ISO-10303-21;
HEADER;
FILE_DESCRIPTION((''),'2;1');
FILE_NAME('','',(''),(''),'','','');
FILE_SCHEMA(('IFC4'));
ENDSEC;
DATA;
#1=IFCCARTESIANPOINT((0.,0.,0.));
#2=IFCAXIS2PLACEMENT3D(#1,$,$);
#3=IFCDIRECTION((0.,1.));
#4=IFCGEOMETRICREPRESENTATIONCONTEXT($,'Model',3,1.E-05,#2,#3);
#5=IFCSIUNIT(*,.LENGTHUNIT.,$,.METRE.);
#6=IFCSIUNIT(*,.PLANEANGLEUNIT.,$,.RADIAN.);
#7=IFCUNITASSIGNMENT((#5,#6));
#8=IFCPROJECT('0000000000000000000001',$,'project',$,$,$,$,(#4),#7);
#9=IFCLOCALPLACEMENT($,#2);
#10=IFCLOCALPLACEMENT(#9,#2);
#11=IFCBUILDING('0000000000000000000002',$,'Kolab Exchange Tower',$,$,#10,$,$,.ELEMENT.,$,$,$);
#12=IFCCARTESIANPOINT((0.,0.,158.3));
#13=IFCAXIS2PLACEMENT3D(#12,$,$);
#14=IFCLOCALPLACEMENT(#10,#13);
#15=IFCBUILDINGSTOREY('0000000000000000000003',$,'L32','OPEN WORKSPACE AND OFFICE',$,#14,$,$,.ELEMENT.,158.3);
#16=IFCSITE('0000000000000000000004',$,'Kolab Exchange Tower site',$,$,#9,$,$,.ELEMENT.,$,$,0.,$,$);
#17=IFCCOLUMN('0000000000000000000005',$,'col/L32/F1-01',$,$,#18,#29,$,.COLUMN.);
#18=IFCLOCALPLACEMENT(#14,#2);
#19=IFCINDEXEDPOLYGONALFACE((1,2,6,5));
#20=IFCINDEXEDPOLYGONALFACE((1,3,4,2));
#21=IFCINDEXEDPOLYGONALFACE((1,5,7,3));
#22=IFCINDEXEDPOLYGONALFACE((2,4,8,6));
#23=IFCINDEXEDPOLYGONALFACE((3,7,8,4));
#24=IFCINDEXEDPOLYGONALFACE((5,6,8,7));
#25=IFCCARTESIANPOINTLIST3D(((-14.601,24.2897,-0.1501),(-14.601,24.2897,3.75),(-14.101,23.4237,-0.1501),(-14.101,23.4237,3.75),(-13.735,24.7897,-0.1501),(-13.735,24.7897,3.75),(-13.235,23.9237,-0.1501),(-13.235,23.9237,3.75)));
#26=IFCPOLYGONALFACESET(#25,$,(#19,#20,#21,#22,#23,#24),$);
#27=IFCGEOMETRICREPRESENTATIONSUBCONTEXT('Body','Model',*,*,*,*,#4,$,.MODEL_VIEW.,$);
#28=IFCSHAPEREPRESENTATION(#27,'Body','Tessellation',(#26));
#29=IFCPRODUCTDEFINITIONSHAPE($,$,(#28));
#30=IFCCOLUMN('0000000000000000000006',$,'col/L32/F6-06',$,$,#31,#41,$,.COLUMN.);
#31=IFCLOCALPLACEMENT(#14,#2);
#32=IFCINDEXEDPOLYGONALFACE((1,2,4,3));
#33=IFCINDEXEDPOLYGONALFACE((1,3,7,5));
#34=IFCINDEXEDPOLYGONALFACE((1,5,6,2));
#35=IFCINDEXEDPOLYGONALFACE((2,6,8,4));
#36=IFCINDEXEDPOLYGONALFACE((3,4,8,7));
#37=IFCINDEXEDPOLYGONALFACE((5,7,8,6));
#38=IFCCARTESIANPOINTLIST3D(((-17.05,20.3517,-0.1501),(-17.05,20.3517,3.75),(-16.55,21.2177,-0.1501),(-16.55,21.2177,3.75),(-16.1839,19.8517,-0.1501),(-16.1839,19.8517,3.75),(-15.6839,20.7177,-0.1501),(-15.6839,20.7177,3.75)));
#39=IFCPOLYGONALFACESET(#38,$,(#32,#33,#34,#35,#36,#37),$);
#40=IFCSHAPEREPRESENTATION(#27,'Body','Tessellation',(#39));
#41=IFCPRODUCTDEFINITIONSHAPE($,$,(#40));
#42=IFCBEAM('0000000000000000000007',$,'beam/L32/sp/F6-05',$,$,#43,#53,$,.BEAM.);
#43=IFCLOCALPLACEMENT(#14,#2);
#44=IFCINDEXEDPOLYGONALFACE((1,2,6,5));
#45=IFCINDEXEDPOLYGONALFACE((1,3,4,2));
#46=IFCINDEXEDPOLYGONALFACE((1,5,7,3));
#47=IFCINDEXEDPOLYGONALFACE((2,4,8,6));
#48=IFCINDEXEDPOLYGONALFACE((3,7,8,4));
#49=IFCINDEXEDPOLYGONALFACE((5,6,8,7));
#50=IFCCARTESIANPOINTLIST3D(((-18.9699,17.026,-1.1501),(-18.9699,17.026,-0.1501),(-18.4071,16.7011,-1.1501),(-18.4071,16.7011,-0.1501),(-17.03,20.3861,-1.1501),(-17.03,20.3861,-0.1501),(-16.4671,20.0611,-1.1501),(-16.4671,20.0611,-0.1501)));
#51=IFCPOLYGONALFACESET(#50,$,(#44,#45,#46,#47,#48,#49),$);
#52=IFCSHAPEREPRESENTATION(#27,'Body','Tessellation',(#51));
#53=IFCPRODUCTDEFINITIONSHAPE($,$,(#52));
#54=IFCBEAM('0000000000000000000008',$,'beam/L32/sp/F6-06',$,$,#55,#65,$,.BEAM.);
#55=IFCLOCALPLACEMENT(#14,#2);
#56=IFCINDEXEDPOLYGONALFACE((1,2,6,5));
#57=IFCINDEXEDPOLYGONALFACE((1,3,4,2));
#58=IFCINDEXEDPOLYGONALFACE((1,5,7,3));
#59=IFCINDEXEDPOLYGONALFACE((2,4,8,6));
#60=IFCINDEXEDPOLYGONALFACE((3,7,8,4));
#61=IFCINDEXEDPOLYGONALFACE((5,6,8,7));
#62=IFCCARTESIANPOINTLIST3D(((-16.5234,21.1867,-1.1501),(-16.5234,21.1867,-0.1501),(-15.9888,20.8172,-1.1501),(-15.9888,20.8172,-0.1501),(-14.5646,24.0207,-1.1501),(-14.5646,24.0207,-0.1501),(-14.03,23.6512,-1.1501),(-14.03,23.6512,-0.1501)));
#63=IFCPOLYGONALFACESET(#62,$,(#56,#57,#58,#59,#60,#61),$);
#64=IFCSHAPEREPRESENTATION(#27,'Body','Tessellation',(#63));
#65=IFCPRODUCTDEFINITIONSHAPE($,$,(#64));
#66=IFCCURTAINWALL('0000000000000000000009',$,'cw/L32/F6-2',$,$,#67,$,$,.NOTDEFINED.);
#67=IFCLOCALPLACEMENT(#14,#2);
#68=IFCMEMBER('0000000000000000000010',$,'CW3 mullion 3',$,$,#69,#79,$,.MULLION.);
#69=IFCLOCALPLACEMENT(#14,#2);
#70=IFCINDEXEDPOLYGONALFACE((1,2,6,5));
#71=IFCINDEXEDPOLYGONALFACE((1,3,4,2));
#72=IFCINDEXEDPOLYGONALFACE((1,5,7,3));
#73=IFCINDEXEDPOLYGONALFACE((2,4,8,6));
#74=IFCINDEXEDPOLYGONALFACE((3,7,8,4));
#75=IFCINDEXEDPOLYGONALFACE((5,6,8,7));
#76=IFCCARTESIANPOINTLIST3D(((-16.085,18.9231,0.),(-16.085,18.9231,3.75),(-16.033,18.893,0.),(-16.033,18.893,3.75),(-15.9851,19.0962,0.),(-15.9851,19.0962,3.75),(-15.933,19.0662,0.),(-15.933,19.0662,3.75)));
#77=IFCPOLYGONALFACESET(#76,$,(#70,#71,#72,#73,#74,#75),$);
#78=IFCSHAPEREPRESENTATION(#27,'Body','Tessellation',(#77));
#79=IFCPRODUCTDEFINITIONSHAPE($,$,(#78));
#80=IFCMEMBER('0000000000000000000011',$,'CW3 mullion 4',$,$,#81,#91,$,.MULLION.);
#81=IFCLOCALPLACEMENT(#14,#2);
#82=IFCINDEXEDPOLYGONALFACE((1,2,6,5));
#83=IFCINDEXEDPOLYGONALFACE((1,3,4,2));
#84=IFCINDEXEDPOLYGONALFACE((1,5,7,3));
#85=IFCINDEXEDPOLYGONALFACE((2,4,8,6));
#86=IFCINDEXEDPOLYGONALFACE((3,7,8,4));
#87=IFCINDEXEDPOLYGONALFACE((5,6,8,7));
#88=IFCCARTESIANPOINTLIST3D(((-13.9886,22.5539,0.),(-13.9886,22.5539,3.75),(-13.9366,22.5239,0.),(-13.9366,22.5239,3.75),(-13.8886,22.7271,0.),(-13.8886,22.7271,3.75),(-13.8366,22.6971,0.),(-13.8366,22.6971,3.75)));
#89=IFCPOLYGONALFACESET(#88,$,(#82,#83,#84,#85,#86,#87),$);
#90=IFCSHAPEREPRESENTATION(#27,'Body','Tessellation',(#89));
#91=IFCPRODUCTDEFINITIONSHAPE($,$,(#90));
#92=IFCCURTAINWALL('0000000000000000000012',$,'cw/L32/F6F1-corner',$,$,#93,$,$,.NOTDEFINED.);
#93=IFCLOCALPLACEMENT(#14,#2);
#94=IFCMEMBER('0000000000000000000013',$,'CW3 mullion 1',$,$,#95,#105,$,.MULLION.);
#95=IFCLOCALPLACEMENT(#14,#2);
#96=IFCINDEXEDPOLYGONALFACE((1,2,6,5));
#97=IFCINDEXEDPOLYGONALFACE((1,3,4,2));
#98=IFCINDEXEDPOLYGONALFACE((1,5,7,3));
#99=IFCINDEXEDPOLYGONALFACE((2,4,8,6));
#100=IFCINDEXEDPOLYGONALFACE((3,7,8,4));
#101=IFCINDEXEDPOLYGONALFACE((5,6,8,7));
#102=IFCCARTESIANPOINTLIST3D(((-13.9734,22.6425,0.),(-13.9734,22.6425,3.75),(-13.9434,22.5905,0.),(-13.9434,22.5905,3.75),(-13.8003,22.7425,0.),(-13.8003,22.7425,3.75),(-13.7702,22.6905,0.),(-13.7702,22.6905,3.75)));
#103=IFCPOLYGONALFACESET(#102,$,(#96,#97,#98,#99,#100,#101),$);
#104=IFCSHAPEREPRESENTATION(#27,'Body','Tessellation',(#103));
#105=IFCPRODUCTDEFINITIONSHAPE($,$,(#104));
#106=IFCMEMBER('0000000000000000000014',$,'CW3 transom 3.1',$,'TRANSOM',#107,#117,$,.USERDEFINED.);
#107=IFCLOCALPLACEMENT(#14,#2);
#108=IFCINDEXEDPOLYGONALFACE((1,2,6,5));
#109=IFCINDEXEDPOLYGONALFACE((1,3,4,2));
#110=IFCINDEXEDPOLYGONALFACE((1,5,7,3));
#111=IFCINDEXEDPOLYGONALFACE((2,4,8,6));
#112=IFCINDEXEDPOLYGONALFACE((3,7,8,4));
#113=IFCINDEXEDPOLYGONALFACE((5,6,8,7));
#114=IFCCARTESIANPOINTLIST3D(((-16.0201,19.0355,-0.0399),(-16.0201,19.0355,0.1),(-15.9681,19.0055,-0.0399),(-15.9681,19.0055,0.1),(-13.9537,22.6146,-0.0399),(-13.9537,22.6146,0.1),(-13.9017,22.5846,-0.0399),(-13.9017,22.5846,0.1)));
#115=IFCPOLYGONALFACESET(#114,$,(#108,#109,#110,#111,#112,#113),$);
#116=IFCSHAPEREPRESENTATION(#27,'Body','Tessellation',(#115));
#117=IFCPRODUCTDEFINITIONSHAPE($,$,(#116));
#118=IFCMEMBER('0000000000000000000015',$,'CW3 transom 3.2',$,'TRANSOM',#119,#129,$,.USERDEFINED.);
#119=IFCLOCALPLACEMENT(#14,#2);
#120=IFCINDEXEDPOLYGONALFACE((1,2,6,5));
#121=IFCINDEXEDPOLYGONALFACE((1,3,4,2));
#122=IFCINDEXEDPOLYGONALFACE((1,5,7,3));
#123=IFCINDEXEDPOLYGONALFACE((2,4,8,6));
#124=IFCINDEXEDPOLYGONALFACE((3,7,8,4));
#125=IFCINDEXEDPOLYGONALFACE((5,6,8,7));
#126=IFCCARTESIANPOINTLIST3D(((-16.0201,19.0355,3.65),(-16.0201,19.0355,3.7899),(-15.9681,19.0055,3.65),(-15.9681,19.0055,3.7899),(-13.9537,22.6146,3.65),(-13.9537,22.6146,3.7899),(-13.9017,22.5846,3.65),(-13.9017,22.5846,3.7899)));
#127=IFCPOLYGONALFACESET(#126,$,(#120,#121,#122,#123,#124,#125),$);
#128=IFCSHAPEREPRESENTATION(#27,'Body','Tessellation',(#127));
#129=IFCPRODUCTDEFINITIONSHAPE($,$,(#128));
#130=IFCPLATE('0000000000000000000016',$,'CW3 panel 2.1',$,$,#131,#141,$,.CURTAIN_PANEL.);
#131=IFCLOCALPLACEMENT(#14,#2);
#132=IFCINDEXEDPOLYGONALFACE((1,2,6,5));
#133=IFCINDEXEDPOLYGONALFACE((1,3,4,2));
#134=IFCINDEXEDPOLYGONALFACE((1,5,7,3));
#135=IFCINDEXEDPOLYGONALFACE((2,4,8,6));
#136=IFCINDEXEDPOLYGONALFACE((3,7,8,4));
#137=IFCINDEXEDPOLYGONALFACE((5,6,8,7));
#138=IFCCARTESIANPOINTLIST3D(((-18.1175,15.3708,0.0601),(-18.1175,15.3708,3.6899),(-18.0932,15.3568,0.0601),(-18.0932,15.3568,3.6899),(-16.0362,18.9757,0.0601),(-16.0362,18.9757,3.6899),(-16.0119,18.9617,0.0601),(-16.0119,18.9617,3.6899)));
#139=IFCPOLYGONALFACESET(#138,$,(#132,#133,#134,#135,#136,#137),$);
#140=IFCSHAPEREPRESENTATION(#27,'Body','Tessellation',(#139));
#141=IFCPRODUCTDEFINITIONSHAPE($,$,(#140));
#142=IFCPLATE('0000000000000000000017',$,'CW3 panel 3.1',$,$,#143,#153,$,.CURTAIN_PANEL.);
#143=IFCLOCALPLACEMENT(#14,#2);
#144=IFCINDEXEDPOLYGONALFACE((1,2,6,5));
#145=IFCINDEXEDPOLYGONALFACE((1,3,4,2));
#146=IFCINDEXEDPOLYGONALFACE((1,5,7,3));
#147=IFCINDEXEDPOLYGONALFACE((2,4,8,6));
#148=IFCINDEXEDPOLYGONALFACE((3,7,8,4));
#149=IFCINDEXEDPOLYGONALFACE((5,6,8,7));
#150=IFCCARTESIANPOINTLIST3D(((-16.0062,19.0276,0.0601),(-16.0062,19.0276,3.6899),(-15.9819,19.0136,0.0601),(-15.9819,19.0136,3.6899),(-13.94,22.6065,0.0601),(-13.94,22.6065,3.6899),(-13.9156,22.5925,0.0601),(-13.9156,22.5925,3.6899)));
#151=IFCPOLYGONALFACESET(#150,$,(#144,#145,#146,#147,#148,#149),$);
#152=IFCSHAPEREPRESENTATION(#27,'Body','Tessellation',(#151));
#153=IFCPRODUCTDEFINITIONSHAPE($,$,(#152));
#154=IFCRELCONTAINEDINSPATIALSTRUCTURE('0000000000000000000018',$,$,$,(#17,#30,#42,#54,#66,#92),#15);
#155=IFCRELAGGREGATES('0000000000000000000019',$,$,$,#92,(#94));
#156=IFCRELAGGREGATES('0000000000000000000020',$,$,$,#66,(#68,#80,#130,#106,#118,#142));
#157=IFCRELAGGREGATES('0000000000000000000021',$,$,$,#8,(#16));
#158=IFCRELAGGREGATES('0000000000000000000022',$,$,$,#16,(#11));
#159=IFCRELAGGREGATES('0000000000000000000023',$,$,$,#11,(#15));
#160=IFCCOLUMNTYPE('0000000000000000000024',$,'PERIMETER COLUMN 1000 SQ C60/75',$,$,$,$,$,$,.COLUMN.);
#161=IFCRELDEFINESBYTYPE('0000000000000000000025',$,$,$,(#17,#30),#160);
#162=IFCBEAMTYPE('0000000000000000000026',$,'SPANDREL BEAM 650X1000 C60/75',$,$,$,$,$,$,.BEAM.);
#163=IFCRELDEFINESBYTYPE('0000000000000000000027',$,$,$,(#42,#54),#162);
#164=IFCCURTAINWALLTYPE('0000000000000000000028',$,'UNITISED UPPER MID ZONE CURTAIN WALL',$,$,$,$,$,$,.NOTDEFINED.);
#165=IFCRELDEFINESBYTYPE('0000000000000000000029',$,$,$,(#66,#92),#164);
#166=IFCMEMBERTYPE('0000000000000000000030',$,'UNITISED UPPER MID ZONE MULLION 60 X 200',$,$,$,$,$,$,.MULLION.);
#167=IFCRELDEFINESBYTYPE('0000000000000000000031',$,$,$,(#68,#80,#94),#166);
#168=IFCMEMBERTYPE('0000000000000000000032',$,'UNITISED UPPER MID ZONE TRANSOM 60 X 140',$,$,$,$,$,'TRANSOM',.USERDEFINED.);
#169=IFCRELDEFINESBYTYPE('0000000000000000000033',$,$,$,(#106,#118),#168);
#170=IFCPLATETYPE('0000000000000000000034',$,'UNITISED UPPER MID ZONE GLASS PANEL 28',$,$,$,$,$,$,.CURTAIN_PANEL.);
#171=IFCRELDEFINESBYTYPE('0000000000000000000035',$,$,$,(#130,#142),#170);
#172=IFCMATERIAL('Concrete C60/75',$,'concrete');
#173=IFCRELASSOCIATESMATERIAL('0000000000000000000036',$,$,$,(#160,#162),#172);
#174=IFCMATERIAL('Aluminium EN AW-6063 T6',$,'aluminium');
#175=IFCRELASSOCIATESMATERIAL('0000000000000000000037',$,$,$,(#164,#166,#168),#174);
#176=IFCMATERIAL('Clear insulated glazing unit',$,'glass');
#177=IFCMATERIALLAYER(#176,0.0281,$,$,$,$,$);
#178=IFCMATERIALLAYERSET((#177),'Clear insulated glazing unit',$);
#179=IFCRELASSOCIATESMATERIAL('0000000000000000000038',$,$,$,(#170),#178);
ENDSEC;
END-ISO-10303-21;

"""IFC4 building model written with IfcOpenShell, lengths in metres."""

from ifc_helpers import new_model, si_unit, direction, frame, origin, origin_2d, place, context, subcontext, project, spatial, rectangle, extrude, material, layer, layer_set, material_profile, profile_set, type_object, element, aggregate, save


model = new_model("IFC4")

# Units and contexts
model_context = context("Model", 3, precision=1e-05, world=origin(), true_north=direction((0.0, 1.0)))
body_context = subcontext(model_context, "Body", "Model", "MODEL_VIEW")
ifc_project = project(units=[si_unit("LENGTHUNIT", "METRE"), si_unit("PLANEANGLEUNIT", "RADIAN")], contexts=[model_context])

# Site, building, storey
site_placement = place(None, origin())
site = spatial("IfcSite", under=ifc_project, at=site_placement, Name="Kolab Exchange Tower site", CompositionType="ELEMENT", RefElevation=0.0)
building_placement = place(site_placement, origin())
building = spatial("IfcBuilding", under=site, at=building_placement, Name="Kolab Exchange Tower", CompositionType="ELEMENT")
storey_placement = place(building_placement, frame((0.0, 0.0, 158.3)))
storey = spatial("IfcBuildingStorey", under=building, at=storey_placement, Name="L32", Description="OPEN WORKSPACE AND OFFICE", CompositionType="ELEMENT", Elevation=158.3)

# Columns
ifc_material_1 = material(Name="Concrete C60/75", Category="concrete")
ifc_material_profile_1 = material_profile(ifc_material_1, rectangle(XDim=1.0, YDim=1.0, at=origin_2d()), Name="RC1000")
ifc_profile_set_1 = profile_set([ifc_material_profile_1], Name="Concrete C60/75")
column_type = type_object("IfcColumnType", Name="PERIMETER COLUMN 1000 SQ C60/75", PredefinedType="COLUMN", material=ifc_profile_set_1)
for number, where, z_axis, x_axis, name in (
    (1, (-13.918, 24.1067, -0.1501), (0.0, 0.0, 1.0), (0.866025, 0.5, 0.0), "col/L32/F1-01"),
    (2, (-16.3669, 20.5347, -0.1501), (0.0, 0.0, 1.0), (0.5, 0.866025, 0.0), "col/L32/F6-06"),
):
    element("IfcColumn", number, at=place(storey_placement, frame(where, z_axis=z_axis, x_axis=x_axis)), inside=storey, type_object=column_type, Name=name, PredefinedType="COLUMN", context=body_context, shape_type="SweptSolid", body=[
        extrude(rectangle(XDim=1.0, YDim=1.0, at=origin_2d()), origin(), (0.0, 0.0, 1.0), 3.9001),
    ])

# Beams
ifc_material_profile_2 = material_profile(ifc_material_1, rectangle(XDim=0.6499, YDim=1.0, at=origin_2d()), Name="RC650X1000")
ifc_profile_set_2 = profile_set([ifc_material_profile_2], Name="Concrete C60/75")
beam_type = type_object("IfcBeamType", Name="SPANDREL BEAM 650X1000 C60/75", PredefinedType="BEAM", material=ifc_profile_set_2)
beam_1_placement = place(storey_placement, frame((-18.6885, 16.8635, -0.6501), z_axis=(0.499997, 0.866027, 0.0), x_axis=(-0.866027, 0.499997, 0.0)))
element("IfcBeam", 3, at=beam_1_placement, inside=storey, type_object=beam_type, Name="beam/L32/sp/F6-05", PredefinedType="BEAM", context=body_context, shape_type="SweptSolid", body=[
    extrude(rectangle(XDim=0.6499, YDim=1.0, at=origin_2d()), origin(), (0.0, 0.0, 1.0), 3.8799),
])
beam_2_placement = place(storey_placement, frame((-16.2561, 21.002, -0.6501), z_axis=(0.568572, 0.822633, 0.0), x_axis=(-0.822633, 0.568572, 0.0)))
element("IfcBeam", 4, at=beam_2_placement, inside=storey, type_object=beam_type, Name="beam/L32/sp/F6-06", PredefinedType="BEAM", context=body_context, shape_type="SweptSolid", body=[
    extrude(rectangle(XDim=0.6499, YDim=1.0, at=origin_2d()), origin(), (0.0, 0.0, 1.0), 3.4451),
])

# Curtain wall, members
ifc_material_2 = material(Name="Aluminium EN AW-6063 T6", Category="aluminium")
curtain_wall_type = type_object("IfcCurtainWallType", Name="UNITISED UPPER MID ZONE CURTAIN WALL", PredefinedType="NOTDEFINED", material=ifc_material_2)
curtain_wall_1_placement = place(storey_placement, origin())
curtain_wall_1 = element("IfcCurtainWall", 5, at=curtain_wall_1_placement, inside=storey, type_object=curtain_wall_type, Name="cw/L32/F6-2", PredefinedType="NOTDEFINED")
ifc_material_profile_3 = material_profile(ifc_material_2, rectangle(XDim=0.0601, YDim=0.2, at=origin_2d()), Name="RECT 60X200")
ifc_profile_set_3 = profile_set([ifc_material_profile_3], Name="Aluminium EN AW-6063 T6")
member_type_1 = type_object("IfcMemberType", Name="UNITISED UPPER MID ZONE MULLION 60 X 200", PredefinedType="MULLION", material=ifc_profile_set_3)
member_1_placement = place(storey_placement, frame((-16.009, 18.9946, 0.0), z_axis=(0.0, 0.0, 1.0), x_axis=(-0.866025, 0.5, 0.0)))
member_1 = element("IfcMember", 6, at=member_1_placement, type_object=member_type_1, Name="CW3 mullion 3", PredefinedType="MULLION", context=body_context, shape_type="SweptSolid", body=[
    extrude(rectangle(XDim=0.0601, YDim=0.2, at=origin_2d()), origin(), (0.0, 0.0, 1.0), 3.75),
])
member_2_placement = place(storey_placement, frame((-13.9126, 22.6255, 0.0), z_axis=(0.0, 0.0, 1.0), x_axis=(-0.866025, 0.5, 0.0)))
member_2 = element("IfcMember", 7, at=member_2_placement, type_object=member_type_1, Name="CW3 mullion 4", PredefinedType="MULLION", context=body_context, shape_type="SweptSolid", body=[
    extrude(rectangle(XDim=0.0601, YDim=0.2, at=origin_2d()), origin(), (0.0, 0.0, 1.0), 3.75),
])

# Curtain wall, member
curtain_wall_2_placement = place(storey_placement, origin())
curtain_wall_2 = element("IfcCurtainWall", 8, at=curtain_wall_2_placement, inside=storey, type_object=curtain_wall_type, Name="cw/L32/F6F1-corner", PredefinedType="NOTDEFINED")
member_3_placement = place(storey_placement, frame((-13.8718, 22.6665, 0.0), z_axis=(0.0, 0.0, 1.0), x_axis=(-0.5, 0.866025, 0.0)))
member_3 = element("IfcMember", 9, at=member_3_placement, type_object=member_type_1, Name="CW3 mullion 1", PredefinedType="MULLION", context=body_context, shape_type="SweptSolid", body=[
    extrude(rectangle(XDim=0.0601, YDim=0.2, at=origin_2d()), origin(), (0.0, 0.0, 1.0), 3.75),
])
aggregate(curtain_wall_2, [member_3])

# Members
ifc_material_profile_4 = material_profile(ifc_material_2, rectangle(XDim=0.0601, YDim=0.1399, at=origin_2d()), Name="RECT 60X140")
ifc_profile_set_4 = profile_set([ifc_material_profile_4], Name="Aluminium EN AW-6063 T6")
member_type_2 = type_object("IfcMemberType", Name="UNITISED UPPER MID ZONE TRANSOM 60 X 140", ElementType="TRANSOM", PredefinedType="USERDEFINED", material=ifc_profile_set_4)
member_4_placement = place(storey_placement, frame((-15.9941, 19.0205, 0.03), z_axis=(0.500002, 0.866024, 0.0), x_axis=(-0.866024, 0.500002, 0.0)))
member_4 = element("IfcMember", 10, at=member_4_placement, type_object=member_type_2, Name="CW3 transom 3.1", ObjectType="TRANSOM", PredefinedType="USERDEFINED", context=body_context, shape_type="SweptSolid", body=[
    extrude(rectangle(XDim=0.0601, YDim=0.1399, at=origin_2d()), origin(), (0.0, 0.0, 1.0), 4.1328),
])
member_5_placement = place(storey_placement, frame((-15.9941, 19.0205, 3.72), z_axis=(0.500002, 0.866024, 0.0), x_axis=(-0.866024, 0.500002, 0.0)))
member_5 = element("IfcMember", 11, at=member_5_placement, type_object=member_type_2, Name="CW3 transom 3.2", ObjectType="TRANSOM", PredefinedType="USERDEFINED", context=body_context, shape_type="SweptSolid", body=[
    extrude(rectangle(XDim=0.0601, YDim=0.1399, at=origin_2d()), origin(), (0.0, 0.0, 1.0), 4.1328),
])

# Plates
ifc_material_3 = material(Name="Clear insulated glazing unit", Category="glass")
ifc_layer_1 = layer(ifc_material_3, 0.0281)
ifc_layer_set_1 = layer_set([ifc_layer_1], Name="Clear insulated glazing unit")
plate_type = type_object("IfcPlateType", Name="UNITISED UPPER MID ZONE GLASS PANEL 28", PredefinedType="CURTAIN_PANEL", material=ifc_layer_set_1)
plate_1_placement = place(storey_placement, frame((-17.0647, 17.1663, 0.0601), z_axis=(0.0, 0.0, 1.0), x_axis=(0.5, 0.866025, 0.0)))
plate_1 = element("IfcPlate", 12, at=plate_1_placement, type_object=plate_type, Name="CW3 panel 2.1", PredefinedType="CURTAIN_PANEL", context=body_context, shape_type="SweptSolid", body=[
    extrude(rectangle(XDim=4.1626, YDim=0.0281, at=origin_2d()), origin(), (0.0, 0.0, 1.0), 3.6299),
])
plate_2_placement = place(storey_placement, frame((-14.9609, 20.8101, 0.0601), z_axis=(0.0, 0.0, 1.0), x_axis=(0.5, 0.866025, 0.0)))
plate_2 = element("IfcPlate", 13, at=plate_2_placement, type_object=plate_type, Name="CW3 panel 3.1", PredefinedType="CURTAIN_PANEL", context=body_context, shape_type="SweptSolid", body=[
    extrude(rectangle(XDim=4.1326, YDim=0.0281, at=origin_2d()), origin(), (0.0, 0.0, 1.0), 3.6299),
])
aggregate(curtain_wall_1, [member_1, member_2, plate_1, member_4, member_5, plate_2])

save(model, "model.ifc")
